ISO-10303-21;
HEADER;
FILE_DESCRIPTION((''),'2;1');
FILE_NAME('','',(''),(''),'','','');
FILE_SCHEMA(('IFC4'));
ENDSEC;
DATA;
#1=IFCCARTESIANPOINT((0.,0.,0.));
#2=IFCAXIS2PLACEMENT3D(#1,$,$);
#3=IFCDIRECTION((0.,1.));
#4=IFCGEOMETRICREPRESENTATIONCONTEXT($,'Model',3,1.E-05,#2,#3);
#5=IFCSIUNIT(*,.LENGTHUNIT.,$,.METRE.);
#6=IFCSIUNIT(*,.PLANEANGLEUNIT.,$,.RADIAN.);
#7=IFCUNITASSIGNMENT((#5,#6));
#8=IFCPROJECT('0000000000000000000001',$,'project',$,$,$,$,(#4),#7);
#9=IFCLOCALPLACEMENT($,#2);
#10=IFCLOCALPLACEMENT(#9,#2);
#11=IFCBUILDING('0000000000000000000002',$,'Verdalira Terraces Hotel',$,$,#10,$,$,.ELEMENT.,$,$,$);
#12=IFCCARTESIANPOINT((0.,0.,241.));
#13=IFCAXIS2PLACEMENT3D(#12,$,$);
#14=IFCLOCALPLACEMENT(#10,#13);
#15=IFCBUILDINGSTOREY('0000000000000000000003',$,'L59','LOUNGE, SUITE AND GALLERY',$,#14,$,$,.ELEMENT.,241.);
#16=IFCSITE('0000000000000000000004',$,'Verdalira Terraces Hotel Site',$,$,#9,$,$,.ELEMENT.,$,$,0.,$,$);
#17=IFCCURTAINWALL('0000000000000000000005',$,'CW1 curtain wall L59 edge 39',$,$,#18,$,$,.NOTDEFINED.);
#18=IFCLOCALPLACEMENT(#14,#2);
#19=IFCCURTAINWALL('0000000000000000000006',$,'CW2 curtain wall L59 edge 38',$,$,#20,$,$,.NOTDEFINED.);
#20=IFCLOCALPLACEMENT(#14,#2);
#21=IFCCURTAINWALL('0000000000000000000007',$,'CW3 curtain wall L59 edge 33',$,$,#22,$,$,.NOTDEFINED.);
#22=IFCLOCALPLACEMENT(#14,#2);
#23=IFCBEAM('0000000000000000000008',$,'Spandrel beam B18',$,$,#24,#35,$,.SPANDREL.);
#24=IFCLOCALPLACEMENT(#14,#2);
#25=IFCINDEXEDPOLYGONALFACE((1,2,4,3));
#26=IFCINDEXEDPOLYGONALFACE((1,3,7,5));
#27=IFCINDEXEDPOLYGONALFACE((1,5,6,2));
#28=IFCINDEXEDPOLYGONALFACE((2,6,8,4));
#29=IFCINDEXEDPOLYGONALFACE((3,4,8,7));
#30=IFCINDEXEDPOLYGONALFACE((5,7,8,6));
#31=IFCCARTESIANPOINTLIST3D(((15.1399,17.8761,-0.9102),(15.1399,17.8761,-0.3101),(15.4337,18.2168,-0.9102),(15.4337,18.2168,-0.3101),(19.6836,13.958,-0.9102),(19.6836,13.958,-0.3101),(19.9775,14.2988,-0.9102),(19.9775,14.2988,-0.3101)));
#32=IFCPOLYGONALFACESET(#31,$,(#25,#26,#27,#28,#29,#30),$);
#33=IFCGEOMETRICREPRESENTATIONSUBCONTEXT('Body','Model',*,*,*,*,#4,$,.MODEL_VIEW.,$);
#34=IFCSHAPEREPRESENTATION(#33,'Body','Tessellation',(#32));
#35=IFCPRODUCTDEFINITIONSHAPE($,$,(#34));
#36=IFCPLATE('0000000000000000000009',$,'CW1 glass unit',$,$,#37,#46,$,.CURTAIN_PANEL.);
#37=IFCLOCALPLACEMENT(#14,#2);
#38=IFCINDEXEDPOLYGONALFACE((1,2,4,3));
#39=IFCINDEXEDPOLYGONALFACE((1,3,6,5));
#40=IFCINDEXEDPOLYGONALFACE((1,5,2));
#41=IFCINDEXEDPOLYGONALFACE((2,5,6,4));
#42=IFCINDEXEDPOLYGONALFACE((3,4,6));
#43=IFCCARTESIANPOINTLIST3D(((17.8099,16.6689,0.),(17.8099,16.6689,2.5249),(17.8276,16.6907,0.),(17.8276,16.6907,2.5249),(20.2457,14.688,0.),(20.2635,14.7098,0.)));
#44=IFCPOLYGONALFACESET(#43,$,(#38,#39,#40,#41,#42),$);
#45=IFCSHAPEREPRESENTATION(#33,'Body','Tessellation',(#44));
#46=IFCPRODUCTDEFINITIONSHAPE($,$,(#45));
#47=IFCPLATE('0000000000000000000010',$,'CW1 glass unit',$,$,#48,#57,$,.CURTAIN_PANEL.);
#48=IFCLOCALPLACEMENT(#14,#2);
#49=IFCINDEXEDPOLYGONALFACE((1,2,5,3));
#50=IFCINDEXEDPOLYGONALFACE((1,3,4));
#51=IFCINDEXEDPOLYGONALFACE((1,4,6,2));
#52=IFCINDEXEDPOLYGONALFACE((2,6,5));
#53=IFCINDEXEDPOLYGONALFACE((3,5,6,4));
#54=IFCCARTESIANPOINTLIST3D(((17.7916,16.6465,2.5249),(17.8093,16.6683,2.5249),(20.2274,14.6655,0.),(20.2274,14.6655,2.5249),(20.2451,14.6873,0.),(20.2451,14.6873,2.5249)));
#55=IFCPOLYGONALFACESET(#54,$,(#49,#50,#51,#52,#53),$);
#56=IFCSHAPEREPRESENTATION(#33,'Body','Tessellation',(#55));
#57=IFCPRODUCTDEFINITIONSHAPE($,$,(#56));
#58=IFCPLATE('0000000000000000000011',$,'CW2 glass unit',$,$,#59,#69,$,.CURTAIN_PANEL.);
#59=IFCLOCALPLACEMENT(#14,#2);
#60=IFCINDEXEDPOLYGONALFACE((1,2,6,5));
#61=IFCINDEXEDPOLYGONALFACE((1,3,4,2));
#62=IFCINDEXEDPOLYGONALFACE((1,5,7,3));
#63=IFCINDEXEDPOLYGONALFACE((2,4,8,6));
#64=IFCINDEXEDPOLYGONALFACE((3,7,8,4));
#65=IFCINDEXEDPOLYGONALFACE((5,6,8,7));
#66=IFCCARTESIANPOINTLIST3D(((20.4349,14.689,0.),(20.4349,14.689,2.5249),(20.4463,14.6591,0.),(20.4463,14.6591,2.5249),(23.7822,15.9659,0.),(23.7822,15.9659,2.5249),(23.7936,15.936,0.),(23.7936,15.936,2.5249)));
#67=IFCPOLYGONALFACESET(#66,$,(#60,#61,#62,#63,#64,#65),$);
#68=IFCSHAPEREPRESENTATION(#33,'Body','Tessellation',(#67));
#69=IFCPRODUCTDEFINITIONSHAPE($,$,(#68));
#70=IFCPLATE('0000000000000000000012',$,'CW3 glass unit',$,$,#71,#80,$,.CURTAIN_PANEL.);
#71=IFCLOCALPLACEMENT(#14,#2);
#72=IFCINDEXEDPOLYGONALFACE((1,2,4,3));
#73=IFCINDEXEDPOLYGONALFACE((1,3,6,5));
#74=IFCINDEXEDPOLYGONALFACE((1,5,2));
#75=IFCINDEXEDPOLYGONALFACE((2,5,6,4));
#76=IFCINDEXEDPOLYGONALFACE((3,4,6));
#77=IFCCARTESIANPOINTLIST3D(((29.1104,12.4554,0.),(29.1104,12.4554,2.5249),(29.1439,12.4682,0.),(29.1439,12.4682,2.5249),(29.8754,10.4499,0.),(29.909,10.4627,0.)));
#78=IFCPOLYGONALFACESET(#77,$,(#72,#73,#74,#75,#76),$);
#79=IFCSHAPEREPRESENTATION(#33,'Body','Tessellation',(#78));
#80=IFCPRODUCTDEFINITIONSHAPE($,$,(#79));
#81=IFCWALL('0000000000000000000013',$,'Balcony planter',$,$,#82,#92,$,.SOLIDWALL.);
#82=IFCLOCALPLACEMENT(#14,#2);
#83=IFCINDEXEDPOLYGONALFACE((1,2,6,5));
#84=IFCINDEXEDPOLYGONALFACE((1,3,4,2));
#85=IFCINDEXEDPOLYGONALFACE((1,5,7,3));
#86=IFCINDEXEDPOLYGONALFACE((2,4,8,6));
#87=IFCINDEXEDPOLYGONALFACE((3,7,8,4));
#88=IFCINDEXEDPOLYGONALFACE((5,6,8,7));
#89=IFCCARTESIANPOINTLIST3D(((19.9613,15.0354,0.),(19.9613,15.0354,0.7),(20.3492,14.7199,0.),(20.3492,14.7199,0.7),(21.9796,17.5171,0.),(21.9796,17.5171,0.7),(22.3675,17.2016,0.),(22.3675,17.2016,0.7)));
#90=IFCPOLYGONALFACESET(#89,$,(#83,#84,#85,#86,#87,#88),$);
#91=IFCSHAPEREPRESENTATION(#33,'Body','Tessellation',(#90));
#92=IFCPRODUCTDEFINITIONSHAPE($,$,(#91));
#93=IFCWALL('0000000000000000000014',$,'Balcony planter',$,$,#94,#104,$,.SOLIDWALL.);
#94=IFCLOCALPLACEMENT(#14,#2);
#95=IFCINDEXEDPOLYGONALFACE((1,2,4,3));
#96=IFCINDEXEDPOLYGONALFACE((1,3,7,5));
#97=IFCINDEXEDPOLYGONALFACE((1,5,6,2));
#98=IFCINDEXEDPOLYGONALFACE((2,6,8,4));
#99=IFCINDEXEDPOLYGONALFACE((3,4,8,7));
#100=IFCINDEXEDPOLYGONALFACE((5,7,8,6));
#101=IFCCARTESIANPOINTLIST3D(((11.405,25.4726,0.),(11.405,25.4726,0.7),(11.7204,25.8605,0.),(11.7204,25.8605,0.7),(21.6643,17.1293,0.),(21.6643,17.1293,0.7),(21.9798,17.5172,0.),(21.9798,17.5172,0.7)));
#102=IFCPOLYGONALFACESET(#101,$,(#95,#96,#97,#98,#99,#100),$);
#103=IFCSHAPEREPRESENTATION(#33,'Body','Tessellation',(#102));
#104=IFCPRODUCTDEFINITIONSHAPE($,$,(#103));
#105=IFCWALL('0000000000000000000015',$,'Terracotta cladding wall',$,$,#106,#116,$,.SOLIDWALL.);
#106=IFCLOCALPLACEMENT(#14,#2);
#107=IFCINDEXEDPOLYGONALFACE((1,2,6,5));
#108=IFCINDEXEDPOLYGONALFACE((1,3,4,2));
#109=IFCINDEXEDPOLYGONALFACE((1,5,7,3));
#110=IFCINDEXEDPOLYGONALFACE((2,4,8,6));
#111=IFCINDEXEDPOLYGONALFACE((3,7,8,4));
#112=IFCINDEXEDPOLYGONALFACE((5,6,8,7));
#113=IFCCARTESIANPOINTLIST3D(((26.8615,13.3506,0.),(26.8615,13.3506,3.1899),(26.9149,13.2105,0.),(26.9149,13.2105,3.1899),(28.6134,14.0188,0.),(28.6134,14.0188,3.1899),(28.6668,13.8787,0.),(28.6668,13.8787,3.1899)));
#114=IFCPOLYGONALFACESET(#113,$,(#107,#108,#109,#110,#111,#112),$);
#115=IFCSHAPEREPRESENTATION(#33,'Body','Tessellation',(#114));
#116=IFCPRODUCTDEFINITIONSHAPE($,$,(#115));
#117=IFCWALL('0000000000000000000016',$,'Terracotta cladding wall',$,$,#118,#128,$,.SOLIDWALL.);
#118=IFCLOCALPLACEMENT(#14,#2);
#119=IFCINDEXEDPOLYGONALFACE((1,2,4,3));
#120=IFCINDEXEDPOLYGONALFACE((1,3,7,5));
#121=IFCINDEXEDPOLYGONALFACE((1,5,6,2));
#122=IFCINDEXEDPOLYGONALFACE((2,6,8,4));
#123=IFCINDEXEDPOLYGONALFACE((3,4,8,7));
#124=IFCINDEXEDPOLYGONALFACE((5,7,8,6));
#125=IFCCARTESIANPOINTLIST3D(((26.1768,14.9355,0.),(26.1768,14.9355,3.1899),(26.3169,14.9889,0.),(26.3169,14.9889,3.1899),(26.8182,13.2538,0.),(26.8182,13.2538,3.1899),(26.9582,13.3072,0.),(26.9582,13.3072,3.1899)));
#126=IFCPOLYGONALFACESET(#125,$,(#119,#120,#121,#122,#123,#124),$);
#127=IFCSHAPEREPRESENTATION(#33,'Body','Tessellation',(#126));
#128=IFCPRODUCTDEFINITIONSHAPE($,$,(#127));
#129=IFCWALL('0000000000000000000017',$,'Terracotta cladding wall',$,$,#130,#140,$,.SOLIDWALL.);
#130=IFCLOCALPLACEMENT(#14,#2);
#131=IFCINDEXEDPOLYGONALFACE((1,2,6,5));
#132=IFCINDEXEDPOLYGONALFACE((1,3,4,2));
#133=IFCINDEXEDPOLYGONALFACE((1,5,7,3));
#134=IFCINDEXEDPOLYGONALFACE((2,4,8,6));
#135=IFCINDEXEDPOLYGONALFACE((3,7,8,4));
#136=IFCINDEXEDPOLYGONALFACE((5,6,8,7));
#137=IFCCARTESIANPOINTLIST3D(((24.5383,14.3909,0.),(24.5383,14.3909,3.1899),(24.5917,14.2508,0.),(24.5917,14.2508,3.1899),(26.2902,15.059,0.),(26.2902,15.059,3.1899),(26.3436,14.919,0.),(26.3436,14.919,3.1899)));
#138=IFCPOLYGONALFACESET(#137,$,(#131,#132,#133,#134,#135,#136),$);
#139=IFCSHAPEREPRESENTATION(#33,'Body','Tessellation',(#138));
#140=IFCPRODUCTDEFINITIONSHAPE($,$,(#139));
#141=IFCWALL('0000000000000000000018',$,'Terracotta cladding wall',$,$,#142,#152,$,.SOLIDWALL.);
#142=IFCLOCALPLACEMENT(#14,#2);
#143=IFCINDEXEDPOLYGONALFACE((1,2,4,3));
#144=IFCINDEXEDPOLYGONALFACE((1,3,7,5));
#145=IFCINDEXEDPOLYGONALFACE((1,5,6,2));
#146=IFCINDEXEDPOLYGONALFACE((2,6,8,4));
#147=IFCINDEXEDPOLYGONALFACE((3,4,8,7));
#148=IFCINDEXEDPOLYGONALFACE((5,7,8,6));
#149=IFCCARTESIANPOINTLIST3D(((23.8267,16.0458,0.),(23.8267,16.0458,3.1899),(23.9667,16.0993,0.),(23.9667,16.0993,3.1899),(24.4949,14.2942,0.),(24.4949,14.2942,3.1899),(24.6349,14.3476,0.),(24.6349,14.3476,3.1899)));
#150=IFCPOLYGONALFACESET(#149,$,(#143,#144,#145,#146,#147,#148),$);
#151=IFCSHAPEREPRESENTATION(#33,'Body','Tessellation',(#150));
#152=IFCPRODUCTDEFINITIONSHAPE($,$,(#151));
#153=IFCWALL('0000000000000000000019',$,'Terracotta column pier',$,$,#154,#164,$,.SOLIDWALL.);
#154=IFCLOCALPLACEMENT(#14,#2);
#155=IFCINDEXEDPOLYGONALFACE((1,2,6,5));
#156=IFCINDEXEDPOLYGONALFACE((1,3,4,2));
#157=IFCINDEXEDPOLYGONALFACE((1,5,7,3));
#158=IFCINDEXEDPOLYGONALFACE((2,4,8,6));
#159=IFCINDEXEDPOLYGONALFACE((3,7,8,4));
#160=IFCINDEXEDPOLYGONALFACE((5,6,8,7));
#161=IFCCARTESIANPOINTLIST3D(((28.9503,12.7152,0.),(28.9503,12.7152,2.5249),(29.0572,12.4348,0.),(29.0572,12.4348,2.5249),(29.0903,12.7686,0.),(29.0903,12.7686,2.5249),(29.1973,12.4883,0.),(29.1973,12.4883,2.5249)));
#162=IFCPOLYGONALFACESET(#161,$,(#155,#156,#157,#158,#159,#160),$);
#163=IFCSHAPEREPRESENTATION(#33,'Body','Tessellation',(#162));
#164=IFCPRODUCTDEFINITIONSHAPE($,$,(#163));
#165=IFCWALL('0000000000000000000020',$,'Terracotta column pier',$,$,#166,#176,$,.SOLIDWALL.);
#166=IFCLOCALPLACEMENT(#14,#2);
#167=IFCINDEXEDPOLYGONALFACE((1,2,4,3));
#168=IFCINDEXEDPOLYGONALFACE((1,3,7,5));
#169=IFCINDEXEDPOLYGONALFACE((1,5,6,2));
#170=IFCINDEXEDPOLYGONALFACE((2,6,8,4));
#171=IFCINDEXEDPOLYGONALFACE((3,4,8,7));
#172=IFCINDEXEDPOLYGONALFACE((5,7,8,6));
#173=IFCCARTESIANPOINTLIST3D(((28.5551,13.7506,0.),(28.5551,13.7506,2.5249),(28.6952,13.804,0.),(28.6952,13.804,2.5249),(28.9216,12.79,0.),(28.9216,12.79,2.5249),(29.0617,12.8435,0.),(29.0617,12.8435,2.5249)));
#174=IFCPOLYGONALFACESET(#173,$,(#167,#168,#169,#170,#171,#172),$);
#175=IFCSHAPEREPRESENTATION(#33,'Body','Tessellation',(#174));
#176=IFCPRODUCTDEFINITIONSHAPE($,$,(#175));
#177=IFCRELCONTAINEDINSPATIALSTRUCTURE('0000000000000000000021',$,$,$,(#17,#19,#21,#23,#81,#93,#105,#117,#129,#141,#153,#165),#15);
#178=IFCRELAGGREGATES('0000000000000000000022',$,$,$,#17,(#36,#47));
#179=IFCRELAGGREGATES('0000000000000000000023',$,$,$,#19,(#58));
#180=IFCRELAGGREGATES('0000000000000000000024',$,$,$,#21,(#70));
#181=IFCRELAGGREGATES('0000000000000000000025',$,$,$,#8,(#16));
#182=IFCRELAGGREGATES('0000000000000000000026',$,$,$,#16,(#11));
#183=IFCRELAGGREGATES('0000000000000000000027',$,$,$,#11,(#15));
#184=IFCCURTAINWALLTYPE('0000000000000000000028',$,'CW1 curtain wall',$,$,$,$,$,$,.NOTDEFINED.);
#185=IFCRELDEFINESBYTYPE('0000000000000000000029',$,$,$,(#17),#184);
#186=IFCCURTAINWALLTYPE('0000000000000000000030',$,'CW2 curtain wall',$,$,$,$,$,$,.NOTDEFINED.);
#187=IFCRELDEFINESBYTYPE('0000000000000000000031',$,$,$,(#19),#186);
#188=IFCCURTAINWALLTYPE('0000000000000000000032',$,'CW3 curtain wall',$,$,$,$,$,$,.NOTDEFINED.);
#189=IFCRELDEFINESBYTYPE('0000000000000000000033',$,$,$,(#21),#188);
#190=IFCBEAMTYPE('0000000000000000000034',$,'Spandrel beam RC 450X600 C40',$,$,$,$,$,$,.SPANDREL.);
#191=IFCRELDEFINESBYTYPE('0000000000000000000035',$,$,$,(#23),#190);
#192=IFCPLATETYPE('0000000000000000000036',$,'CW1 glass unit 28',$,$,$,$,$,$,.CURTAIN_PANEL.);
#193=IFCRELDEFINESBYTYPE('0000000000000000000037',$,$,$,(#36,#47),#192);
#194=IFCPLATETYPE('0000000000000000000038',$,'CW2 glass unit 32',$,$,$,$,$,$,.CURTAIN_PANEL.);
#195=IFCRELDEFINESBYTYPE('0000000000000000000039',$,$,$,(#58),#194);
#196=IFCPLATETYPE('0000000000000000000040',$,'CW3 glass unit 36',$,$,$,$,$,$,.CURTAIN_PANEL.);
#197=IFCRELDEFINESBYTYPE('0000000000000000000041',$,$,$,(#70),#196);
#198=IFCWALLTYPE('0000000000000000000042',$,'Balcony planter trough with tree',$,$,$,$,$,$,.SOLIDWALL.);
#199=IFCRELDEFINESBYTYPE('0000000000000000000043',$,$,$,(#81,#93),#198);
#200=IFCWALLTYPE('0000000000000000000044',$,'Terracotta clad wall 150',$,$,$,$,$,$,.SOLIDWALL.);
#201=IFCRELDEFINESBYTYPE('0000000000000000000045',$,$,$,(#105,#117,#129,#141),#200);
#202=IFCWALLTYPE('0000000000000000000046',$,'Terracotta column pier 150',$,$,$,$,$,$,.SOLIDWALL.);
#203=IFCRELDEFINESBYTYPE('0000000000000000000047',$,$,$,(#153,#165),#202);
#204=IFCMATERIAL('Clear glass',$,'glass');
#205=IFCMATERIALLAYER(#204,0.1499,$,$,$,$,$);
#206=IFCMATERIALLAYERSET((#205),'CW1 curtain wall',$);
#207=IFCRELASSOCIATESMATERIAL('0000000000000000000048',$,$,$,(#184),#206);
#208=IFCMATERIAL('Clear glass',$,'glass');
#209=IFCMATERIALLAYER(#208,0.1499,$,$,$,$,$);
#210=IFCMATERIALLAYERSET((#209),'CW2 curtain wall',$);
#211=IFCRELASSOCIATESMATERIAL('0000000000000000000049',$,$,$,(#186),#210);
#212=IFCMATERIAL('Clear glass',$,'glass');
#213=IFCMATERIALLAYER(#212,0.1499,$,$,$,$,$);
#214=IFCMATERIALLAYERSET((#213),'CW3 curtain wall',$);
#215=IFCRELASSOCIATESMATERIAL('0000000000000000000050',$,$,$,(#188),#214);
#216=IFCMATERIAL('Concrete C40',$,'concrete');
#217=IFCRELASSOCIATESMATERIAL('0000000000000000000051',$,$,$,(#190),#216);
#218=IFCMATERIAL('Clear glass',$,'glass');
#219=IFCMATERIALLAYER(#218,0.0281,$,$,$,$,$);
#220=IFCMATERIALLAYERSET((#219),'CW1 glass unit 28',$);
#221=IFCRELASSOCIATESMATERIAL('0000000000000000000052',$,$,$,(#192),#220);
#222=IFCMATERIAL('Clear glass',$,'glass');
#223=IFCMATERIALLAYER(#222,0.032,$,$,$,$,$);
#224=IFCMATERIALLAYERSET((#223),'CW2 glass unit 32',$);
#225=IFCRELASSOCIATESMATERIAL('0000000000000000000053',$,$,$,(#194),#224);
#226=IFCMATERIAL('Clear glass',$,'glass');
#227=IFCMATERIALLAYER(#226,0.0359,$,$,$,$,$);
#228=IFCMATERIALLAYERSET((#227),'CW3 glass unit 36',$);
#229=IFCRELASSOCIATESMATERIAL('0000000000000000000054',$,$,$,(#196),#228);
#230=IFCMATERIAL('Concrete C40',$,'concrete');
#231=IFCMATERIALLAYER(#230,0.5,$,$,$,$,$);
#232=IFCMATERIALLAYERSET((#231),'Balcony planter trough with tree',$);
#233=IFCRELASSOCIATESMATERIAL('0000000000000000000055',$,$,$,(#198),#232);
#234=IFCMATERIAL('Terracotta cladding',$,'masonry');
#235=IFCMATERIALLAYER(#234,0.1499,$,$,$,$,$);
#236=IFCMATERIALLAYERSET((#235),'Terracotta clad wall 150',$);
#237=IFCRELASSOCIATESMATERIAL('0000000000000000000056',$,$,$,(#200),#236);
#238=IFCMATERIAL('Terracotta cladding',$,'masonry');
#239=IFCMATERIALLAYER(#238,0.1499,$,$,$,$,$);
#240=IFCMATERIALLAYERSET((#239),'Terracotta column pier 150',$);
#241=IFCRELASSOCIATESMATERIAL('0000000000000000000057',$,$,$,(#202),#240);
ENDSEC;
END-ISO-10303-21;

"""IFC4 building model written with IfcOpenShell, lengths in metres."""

from ifc_helpers import new_model, si_unit, direction, frame, frame_2d, origin, origin_2d, place, context, subcontext, project, spatial, polyline, rectangle, outline, extrude, material, layer, layer_set, material_profile, profile_set, type_object, element, aggregate, save


model = new_model("IFC4")

# Units and contexts
model_context = context("Model", 3, precision=1e-05, world=origin(), true_north=direction((0.0, 1.0)))
body_context = subcontext(model_context, "Body", "Model", "MODEL_VIEW")
ifc_project = project(units=[si_unit("LENGTHUNIT", "METRE"), si_unit("PLANEANGLEUNIT", "RADIAN")], contexts=[model_context])

# Site, building, storey
site_placement = place(None, origin())
site = spatial("IfcSite", under=ifc_project, at=site_placement, Name="Verdalira Terraces Hotel Site", CompositionType="ELEMENT", RefElevation=0.0)
building_placement = place(site_placement, origin())
building = spatial("IfcBuilding", under=site, at=building_placement, Name="Verdalira Terraces Hotel", CompositionType="ELEMENT")
storey_placement = place(building_placement, frame((0.0, 0.0, 241.0)))
storey = spatial("IfcBuildingStorey", under=building, at=storey_placement, Name="L59", Description="LOUNGE, SUITE AND GALLERY", CompositionType="ELEMENT", Elevation=241.0)

# Curtain walls
ifc_material_1 = material(Name="Clear glass", Category="glass")
ifc_layer_1 = layer(ifc_material_1, 0.1499)
ifc_layer_set_1 = layer_set([ifc_layer_1], Name="CW1 curtain wall")
curtain_wall_type_1 = type_object("IfcCurtainWallType", Name="CW1 curtain wall", PredefinedType="NOTDEFINED", material=ifc_layer_set_1)
curtain_wall_1_placement = place(storey_placement, origin())
curtain_wall_1 = element("IfcCurtainWall", 1, at=curtain_wall_1_placement, inside=storey, type_object=curtain_wall_type_1, Name="CW1 curtain wall L59 edge 39", PredefinedType="NOTDEFINED")
ifc_material_2 = material(Name="Clear glass", Category="glass")
ifc_layer_2 = layer(ifc_material_2, 0.1499)
ifc_layer_set_2 = layer_set([ifc_layer_2], Name="CW2 curtain wall")
curtain_wall_type_2 = type_object("IfcCurtainWallType", Name="CW2 curtain wall", PredefinedType="NOTDEFINED", material=ifc_layer_set_2)
curtain_wall_2_placement = place(storey_placement, origin())
curtain_wall_2 = element("IfcCurtainWall", 2, at=curtain_wall_2_placement, inside=storey, type_object=curtain_wall_type_2, Name="CW2 curtain wall L59 edge 38", PredefinedType="NOTDEFINED")
ifc_material_3 = material(Name="Clear glass", Category="glass")
ifc_layer_3 = layer(ifc_material_3, 0.1499)
ifc_layer_set_3 = layer_set([ifc_layer_3], Name="CW3 curtain wall")
curtain_wall_type_3 = type_object("IfcCurtainWallType", Name="CW3 curtain wall", PredefinedType="NOTDEFINED", material=ifc_layer_set_3)
curtain_wall_3_placement = place(storey_placement, origin())
curtain_wall_3 = element("IfcCurtainWall", 3, at=curtain_wall_3_placement, inside=storey, type_object=curtain_wall_type_3, Name="CW3 curtain wall L59 edge 33", PredefinedType="NOTDEFINED")

# Beam
ifc_material_4 = material(Name="Concrete C40", Category="concrete")
ifc_material_profile_1 = material_profile(ifc_material_4, rectangle(XDim=0.45, YDim=0.6001, at=origin_2d()), Name="RC 450X600")
ifc_profile_set_1 = profile_set([ifc_material_profile_1], Name="Concrete C40")
beam_type_1 = type_object("IfcBeamType", Name="Spandrel beam RC 450X600 C40", PredefinedType="SPANDREL", material=ifc_profile_set_1)
beam_1_placement = place(storey_placement, frame((19.8306, 14.1284, -0.6101), z_axis=(-0.757329, 0.653034, 0.0), x_axis=(-0.653034, -0.757329, 0.0)))
element("IfcBeam", 4, at=beam_1_placement, inside=storey, type_object=beam_type_1, Name="Spandrel beam B18", PredefinedType="SPANDREL", context=body_context, shape_type="SweptSolid", body=[
    extrude(rectangle(XDim=0.45, YDim=0.6001, at=origin_2d()), origin(), (0.0, 0.0, 1.0), 5.9998),
])

# Plates
ifc_material_5 = material(Name="Clear glass", Category="glass")
ifc_layer_4 = layer(ifc_material_5, 0.0281)
ifc_layer_set_4 = layer_set([ifc_layer_4], Name="CW1 glass unit 28")
plate_type_1 = type_object("IfcPlateType", Name="CW1 glass unit 28", PredefinedType="CURTAIN_PANEL", material=ifc_layer_set_4)
plate_1_placement = place(storey_placement, frame((19.0278, 15.6785, 1.2625), z_axis=(0.630947, 0.775826, 0.0), x_axis=(-0.775826, 0.630947, 0.0)))
plate_1 = element("IfcPlate", 5, at=plate_1_placement, type_object=plate_type_1, Name="CW1 glass unit", PredefinedType="CURTAIN_PANEL", context=body_context, shape_type="SweptSolid", body=[
    extrude(outline(polyline([(-1.5698, -1.2625), (1.5698, -1.2625), (1.5698, 1.2625), (-1.5698, -1.2625)])), origin(), (0.0, 0.0, 1.0), 0.0281),
])
plate_2_placement = place(storey_placement, frame((19.0095, 15.656, 1.2625), z_axis=(0.630947, 0.775826, 0.0), x_axis=(-0.775826, 0.630947, 0.0)))
plate_2 = element("IfcPlate", 6, at=plate_2_placement, type_object=plate_type_1, Name="CW1 glass unit", PredefinedType="CURTAIN_PANEL", context=body_context, shape_type="SweptSolid", body=[
    extrude(outline(polyline([(-1.5698, -1.2625), (1.5698, 1.2625), (-1.5698, 1.2625), (-1.5698, -1.2625)])), origin(), (0.0, 0.0, 1.0), 0.0281),
])
aggregate(curtain_wall_1, [plate_1, plate_2])
ifc_material_6 = material(Name="Clear glass", Category="glass")
ifc_layer_5 = layer(ifc_material_6, 0.032)
ifc_layer_set_5 = layer_set([ifc_layer_5], Name="CW2 glass unit 32")
plate_type_2 = type_object("IfcPlateType", Name="CW2 glass unit 32", PredefinedType="CURTAIN_PANEL", material=ifc_layer_set_5)
plate_3_placement = place(storey_placement, frame((22.1143, 15.3125, 0.0), z_axis=(0.0, 0.0, 1.0), x_axis=(-0.934329, -0.356412, 0.0)))
plate_3 = element("IfcPlate", 7, at=plate_3_placement, type_object=plate_type_2, Name="CW2 glass unit", PredefinedType="CURTAIN_PANEL", context=body_context, shape_type="SweptSolid", body=[
    extrude(rectangle(XDim=3.5825, YDim=0.032, at=origin_2d()), origin(), (0.0, 0.0, 1.0), 2.5249),
])
aggregate(curtain_wall_2, [plate_3])
ifc_material_7 = material(Name="Clear glass", Category="glass")
ifc_layer_6 = layer(ifc_material_7, 0.0359)
ifc_layer_set_6 = layer_set([ifc_layer_6], Name="CW3 glass unit 36")
plate_type_3 = type_object("IfcPlateType", Name="CW3 glass unit 36", PredefinedType="CURTAIN_PANEL", material=ifc_layer_set_6)
plate_4_placement = place(storey_placement, frame((29.4929, 11.4526, 1.2625), z_axis=(0.934329, 0.356412, 0.0), x_axis=(-0.356412, 0.934329, 0.0)))
plate_4 = element("IfcPlate", 8, at=plate_4_placement, type_object=plate_type_3, Name="CW3 glass unit", PredefinedType="CURTAIN_PANEL", context=body_context, shape_type="SweptSolid", body=[
    extrude(outline(polyline([(-1.0732, -1.2625), (1.0732, -1.2625), (1.0732, 1.2625), (-1.0732, -1.2625)])), origin(), (0.0, 0.0, 1.0), 0.0359),
])
aggregate(curtain_wall_3, [plate_4])

# Walls
ifc_material_8 = material(Name="Concrete C40", Category="concrete")
ifc_layer_7 = layer(ifc_material_8, 0.5)
ifc_layer_set_7 = layer_set([ifc_layer_7], Name="Balcony planter trough with tree")
wall_type_1 = type_object("IfcWallType", Name="Balcony planter trough with tree", PredefinedType="SOLIDWALL", material=ifc_layer_set_7)
wall_1_placement = place(storey_placement, frame((20.1553, 14.8777, 0.0), z_axis=(0.0, 0.0, 1.0), x_axis=(0.630957, 0.775817, 0.0)))
element("IfcWall", 9, at=wall_1_placement, inside=storey, type_object=wall_type_1, Name="Balcony planter", PredefinedType="SOLIDWALL", context=body_context, shape_type="SweptSolid", body=[
    extrude(rectangle(XDim=3.1987, YDim=0.5, at=frame_2d((1.5994, 0.0))), origin(), (0.0, 0.0, 1.0), 0.7),
])
wall_2_placement = place(storey_placement, frame((21.822, 17.3232, 0.0), z_axis=(0.0, 0.0, 1.0), x_axis=(-0.775833, 0.630939, 0.0)))
element("IfcWall", 10, at=wall_2_placement, inside=storey, type_object=wall_type_1, Name="Balcony planter", PredefinedType="SOLIDWALL", context=body_context, shape_type="SweptSolid", body=[
    extrude(rectangle(XDim=13.2236, YDim=0.5, at=frame_2d((6.6118, 0.0))), origin(), (0.0, 0.0, 1.0), 0.7),
])
ifc_material_9 = material(Name="Terracotta cladding", Category="masonry")
ifc_layer_8 = layer(ifc_material_9, 0.1499)
ifc_layer_set_8 = layer_set([ifc_layer_8], Name="Terracotta clad wall 150")
wall_type_2 = type_object("IfcWallType", Name="Terracotta clad wall 150", PredefinedType="SOLIDWALL", material=ifc_layer_set_8)
wall_3_placement = place(storey_placement, frame((28.6401, 13.9487, 0.0), z_axis=(0.0, 0.0, 1.0), x_axis=(-0.934345, -0.356369, 0.0)))
element("IfcWall", 11, at=wall_3_placement, inside=storey, type_object=wall_type_2, Name="Terracotta cladding wall", PredefinedType="SOLIDWALL", context=body_context, shape_type="SweptSolid", body=[
    extrude(rectangle(XDim=1.875, YDim=0.1499, at=frame_2d((0.9375, 0.0))), origin(), (0.0, 0.0, 1.0), 3.1899),
])
wall_4_placement = place(storey_placement, frame((26.8882, 13.2805, 0.0), z_axis=(0.0, 0.0, 1.0), x_axis=(-0.356351, 0.934352, 0.0)))
element("IfcWall", 12, at=wall_4_placement, inside=storey, type_object=wall_type_2, Name="Terracotta cladding wall", PredefinedType="SOLIDWALL", context=body_context, shape_type="SweptSolid", body=[
    extrude(rectangle(XDim=1.7998, YDim=0.1499, at=frame_2d((0.8999, 0.0))), origin(), (0.0, 0.0, 1.0), 3.1899),
])
wall_5_placement = place(storey_placement, frame((26.3169, 14.989, 0.0), z_axis=(0.0, 0.0, 1.0), x_axis=(-0.934345, -0.356369, 0.0)))
element("IfcWall", 13, at=wall_5_placement, inside=storey, type_object=wall_type_2, Name="Terracotta cladding wall", PredefinedType="SOLIDWALL", context=body_context, shape_type="SweptSolid", body=[
    extrude(rectangle(XDim=1.875, YDim=0.1499, at=frame_2d((0.9375, 0.0))), origin(), (0.0, 0.0, 1.0), 3.1899),
])
wall_6_placement = place(storey_placement, frame((24.5649, 14.3208, 0.0), z_axis=(0.0, 0.0, 1.0), x_axis=(-0.356412, 0.934329, 0.0)))
element("IfcWall", 14, at=wall_6_placement, inside=storey, type_object=wall_type_2, Name="Terracotta cladding wall", PredefinedType="SOLIDWALL", context=body_context, shape_type="SweptSolid", body=[
    extrude(rectangle(XDim=1.8748, YDim=0.1499, at=frame_2d((0.9375, 0.0))), origin(), (0.0, 0.0, 1.0), 3.1899),
])
ifc_material_10 = material(Name="Terracotta cladding", Category="masonry")
ifc_layer_9 = layer(ifc_material_10, 0.1499)
ifc_layer_set_9 = layer_set([ifc_layer_9], Name="Terracotta column pier 150")
wall_type_3 = type_object("IfcWallType", Name="Terracotta column pier 150", PredefinedType="SOLIDWALL", material=ifc_layer_set_9)
wall_7_placement = place(storey_placement, frame((29.1272, 12.4617, 0.0), z_axis=(0.0, 0.0, 1.0), x_axis=(-0.356469, 0.934307, 0.0)))
element("IfcWall", 15, at=wall_7_placement, inside=storey, type_object=wall_type_3, Name="Terracotta column pier", PredefinedType="SOLIDWALL", context=body_context, shape_type="SweptSolid", body=[
    extrude(rectangle(XDim=0.3, YDim=0.1499, at=frame_2d((0.1499, 0.0))), origin(), (0.0, 0.0, 1.0), 2.5249),
])
wall_8_placement = place(storey_placement, frame((28.9917, 12.8166, 0.0), z_axis=(0.0, 0.0, 1.0), x_axis=(-0.356479, 0.934303, 0.0)))
element("IfcWall", 16, at=wall_8_placement, inside=storey, type_object=wall_type_3, Name="Terracotta column pier", PredefinedType="SOLIDWALL", context=body_context, shape_type="SweptSolid", body=[
    extrude(rectangle(XDim=1.0281, YDim=0.1499, at=frame_2d((0.5142, 0.0))), origin(), (0.0, 0.0, 1.0), 2.5249),
])

save(model, "model.ifc")
